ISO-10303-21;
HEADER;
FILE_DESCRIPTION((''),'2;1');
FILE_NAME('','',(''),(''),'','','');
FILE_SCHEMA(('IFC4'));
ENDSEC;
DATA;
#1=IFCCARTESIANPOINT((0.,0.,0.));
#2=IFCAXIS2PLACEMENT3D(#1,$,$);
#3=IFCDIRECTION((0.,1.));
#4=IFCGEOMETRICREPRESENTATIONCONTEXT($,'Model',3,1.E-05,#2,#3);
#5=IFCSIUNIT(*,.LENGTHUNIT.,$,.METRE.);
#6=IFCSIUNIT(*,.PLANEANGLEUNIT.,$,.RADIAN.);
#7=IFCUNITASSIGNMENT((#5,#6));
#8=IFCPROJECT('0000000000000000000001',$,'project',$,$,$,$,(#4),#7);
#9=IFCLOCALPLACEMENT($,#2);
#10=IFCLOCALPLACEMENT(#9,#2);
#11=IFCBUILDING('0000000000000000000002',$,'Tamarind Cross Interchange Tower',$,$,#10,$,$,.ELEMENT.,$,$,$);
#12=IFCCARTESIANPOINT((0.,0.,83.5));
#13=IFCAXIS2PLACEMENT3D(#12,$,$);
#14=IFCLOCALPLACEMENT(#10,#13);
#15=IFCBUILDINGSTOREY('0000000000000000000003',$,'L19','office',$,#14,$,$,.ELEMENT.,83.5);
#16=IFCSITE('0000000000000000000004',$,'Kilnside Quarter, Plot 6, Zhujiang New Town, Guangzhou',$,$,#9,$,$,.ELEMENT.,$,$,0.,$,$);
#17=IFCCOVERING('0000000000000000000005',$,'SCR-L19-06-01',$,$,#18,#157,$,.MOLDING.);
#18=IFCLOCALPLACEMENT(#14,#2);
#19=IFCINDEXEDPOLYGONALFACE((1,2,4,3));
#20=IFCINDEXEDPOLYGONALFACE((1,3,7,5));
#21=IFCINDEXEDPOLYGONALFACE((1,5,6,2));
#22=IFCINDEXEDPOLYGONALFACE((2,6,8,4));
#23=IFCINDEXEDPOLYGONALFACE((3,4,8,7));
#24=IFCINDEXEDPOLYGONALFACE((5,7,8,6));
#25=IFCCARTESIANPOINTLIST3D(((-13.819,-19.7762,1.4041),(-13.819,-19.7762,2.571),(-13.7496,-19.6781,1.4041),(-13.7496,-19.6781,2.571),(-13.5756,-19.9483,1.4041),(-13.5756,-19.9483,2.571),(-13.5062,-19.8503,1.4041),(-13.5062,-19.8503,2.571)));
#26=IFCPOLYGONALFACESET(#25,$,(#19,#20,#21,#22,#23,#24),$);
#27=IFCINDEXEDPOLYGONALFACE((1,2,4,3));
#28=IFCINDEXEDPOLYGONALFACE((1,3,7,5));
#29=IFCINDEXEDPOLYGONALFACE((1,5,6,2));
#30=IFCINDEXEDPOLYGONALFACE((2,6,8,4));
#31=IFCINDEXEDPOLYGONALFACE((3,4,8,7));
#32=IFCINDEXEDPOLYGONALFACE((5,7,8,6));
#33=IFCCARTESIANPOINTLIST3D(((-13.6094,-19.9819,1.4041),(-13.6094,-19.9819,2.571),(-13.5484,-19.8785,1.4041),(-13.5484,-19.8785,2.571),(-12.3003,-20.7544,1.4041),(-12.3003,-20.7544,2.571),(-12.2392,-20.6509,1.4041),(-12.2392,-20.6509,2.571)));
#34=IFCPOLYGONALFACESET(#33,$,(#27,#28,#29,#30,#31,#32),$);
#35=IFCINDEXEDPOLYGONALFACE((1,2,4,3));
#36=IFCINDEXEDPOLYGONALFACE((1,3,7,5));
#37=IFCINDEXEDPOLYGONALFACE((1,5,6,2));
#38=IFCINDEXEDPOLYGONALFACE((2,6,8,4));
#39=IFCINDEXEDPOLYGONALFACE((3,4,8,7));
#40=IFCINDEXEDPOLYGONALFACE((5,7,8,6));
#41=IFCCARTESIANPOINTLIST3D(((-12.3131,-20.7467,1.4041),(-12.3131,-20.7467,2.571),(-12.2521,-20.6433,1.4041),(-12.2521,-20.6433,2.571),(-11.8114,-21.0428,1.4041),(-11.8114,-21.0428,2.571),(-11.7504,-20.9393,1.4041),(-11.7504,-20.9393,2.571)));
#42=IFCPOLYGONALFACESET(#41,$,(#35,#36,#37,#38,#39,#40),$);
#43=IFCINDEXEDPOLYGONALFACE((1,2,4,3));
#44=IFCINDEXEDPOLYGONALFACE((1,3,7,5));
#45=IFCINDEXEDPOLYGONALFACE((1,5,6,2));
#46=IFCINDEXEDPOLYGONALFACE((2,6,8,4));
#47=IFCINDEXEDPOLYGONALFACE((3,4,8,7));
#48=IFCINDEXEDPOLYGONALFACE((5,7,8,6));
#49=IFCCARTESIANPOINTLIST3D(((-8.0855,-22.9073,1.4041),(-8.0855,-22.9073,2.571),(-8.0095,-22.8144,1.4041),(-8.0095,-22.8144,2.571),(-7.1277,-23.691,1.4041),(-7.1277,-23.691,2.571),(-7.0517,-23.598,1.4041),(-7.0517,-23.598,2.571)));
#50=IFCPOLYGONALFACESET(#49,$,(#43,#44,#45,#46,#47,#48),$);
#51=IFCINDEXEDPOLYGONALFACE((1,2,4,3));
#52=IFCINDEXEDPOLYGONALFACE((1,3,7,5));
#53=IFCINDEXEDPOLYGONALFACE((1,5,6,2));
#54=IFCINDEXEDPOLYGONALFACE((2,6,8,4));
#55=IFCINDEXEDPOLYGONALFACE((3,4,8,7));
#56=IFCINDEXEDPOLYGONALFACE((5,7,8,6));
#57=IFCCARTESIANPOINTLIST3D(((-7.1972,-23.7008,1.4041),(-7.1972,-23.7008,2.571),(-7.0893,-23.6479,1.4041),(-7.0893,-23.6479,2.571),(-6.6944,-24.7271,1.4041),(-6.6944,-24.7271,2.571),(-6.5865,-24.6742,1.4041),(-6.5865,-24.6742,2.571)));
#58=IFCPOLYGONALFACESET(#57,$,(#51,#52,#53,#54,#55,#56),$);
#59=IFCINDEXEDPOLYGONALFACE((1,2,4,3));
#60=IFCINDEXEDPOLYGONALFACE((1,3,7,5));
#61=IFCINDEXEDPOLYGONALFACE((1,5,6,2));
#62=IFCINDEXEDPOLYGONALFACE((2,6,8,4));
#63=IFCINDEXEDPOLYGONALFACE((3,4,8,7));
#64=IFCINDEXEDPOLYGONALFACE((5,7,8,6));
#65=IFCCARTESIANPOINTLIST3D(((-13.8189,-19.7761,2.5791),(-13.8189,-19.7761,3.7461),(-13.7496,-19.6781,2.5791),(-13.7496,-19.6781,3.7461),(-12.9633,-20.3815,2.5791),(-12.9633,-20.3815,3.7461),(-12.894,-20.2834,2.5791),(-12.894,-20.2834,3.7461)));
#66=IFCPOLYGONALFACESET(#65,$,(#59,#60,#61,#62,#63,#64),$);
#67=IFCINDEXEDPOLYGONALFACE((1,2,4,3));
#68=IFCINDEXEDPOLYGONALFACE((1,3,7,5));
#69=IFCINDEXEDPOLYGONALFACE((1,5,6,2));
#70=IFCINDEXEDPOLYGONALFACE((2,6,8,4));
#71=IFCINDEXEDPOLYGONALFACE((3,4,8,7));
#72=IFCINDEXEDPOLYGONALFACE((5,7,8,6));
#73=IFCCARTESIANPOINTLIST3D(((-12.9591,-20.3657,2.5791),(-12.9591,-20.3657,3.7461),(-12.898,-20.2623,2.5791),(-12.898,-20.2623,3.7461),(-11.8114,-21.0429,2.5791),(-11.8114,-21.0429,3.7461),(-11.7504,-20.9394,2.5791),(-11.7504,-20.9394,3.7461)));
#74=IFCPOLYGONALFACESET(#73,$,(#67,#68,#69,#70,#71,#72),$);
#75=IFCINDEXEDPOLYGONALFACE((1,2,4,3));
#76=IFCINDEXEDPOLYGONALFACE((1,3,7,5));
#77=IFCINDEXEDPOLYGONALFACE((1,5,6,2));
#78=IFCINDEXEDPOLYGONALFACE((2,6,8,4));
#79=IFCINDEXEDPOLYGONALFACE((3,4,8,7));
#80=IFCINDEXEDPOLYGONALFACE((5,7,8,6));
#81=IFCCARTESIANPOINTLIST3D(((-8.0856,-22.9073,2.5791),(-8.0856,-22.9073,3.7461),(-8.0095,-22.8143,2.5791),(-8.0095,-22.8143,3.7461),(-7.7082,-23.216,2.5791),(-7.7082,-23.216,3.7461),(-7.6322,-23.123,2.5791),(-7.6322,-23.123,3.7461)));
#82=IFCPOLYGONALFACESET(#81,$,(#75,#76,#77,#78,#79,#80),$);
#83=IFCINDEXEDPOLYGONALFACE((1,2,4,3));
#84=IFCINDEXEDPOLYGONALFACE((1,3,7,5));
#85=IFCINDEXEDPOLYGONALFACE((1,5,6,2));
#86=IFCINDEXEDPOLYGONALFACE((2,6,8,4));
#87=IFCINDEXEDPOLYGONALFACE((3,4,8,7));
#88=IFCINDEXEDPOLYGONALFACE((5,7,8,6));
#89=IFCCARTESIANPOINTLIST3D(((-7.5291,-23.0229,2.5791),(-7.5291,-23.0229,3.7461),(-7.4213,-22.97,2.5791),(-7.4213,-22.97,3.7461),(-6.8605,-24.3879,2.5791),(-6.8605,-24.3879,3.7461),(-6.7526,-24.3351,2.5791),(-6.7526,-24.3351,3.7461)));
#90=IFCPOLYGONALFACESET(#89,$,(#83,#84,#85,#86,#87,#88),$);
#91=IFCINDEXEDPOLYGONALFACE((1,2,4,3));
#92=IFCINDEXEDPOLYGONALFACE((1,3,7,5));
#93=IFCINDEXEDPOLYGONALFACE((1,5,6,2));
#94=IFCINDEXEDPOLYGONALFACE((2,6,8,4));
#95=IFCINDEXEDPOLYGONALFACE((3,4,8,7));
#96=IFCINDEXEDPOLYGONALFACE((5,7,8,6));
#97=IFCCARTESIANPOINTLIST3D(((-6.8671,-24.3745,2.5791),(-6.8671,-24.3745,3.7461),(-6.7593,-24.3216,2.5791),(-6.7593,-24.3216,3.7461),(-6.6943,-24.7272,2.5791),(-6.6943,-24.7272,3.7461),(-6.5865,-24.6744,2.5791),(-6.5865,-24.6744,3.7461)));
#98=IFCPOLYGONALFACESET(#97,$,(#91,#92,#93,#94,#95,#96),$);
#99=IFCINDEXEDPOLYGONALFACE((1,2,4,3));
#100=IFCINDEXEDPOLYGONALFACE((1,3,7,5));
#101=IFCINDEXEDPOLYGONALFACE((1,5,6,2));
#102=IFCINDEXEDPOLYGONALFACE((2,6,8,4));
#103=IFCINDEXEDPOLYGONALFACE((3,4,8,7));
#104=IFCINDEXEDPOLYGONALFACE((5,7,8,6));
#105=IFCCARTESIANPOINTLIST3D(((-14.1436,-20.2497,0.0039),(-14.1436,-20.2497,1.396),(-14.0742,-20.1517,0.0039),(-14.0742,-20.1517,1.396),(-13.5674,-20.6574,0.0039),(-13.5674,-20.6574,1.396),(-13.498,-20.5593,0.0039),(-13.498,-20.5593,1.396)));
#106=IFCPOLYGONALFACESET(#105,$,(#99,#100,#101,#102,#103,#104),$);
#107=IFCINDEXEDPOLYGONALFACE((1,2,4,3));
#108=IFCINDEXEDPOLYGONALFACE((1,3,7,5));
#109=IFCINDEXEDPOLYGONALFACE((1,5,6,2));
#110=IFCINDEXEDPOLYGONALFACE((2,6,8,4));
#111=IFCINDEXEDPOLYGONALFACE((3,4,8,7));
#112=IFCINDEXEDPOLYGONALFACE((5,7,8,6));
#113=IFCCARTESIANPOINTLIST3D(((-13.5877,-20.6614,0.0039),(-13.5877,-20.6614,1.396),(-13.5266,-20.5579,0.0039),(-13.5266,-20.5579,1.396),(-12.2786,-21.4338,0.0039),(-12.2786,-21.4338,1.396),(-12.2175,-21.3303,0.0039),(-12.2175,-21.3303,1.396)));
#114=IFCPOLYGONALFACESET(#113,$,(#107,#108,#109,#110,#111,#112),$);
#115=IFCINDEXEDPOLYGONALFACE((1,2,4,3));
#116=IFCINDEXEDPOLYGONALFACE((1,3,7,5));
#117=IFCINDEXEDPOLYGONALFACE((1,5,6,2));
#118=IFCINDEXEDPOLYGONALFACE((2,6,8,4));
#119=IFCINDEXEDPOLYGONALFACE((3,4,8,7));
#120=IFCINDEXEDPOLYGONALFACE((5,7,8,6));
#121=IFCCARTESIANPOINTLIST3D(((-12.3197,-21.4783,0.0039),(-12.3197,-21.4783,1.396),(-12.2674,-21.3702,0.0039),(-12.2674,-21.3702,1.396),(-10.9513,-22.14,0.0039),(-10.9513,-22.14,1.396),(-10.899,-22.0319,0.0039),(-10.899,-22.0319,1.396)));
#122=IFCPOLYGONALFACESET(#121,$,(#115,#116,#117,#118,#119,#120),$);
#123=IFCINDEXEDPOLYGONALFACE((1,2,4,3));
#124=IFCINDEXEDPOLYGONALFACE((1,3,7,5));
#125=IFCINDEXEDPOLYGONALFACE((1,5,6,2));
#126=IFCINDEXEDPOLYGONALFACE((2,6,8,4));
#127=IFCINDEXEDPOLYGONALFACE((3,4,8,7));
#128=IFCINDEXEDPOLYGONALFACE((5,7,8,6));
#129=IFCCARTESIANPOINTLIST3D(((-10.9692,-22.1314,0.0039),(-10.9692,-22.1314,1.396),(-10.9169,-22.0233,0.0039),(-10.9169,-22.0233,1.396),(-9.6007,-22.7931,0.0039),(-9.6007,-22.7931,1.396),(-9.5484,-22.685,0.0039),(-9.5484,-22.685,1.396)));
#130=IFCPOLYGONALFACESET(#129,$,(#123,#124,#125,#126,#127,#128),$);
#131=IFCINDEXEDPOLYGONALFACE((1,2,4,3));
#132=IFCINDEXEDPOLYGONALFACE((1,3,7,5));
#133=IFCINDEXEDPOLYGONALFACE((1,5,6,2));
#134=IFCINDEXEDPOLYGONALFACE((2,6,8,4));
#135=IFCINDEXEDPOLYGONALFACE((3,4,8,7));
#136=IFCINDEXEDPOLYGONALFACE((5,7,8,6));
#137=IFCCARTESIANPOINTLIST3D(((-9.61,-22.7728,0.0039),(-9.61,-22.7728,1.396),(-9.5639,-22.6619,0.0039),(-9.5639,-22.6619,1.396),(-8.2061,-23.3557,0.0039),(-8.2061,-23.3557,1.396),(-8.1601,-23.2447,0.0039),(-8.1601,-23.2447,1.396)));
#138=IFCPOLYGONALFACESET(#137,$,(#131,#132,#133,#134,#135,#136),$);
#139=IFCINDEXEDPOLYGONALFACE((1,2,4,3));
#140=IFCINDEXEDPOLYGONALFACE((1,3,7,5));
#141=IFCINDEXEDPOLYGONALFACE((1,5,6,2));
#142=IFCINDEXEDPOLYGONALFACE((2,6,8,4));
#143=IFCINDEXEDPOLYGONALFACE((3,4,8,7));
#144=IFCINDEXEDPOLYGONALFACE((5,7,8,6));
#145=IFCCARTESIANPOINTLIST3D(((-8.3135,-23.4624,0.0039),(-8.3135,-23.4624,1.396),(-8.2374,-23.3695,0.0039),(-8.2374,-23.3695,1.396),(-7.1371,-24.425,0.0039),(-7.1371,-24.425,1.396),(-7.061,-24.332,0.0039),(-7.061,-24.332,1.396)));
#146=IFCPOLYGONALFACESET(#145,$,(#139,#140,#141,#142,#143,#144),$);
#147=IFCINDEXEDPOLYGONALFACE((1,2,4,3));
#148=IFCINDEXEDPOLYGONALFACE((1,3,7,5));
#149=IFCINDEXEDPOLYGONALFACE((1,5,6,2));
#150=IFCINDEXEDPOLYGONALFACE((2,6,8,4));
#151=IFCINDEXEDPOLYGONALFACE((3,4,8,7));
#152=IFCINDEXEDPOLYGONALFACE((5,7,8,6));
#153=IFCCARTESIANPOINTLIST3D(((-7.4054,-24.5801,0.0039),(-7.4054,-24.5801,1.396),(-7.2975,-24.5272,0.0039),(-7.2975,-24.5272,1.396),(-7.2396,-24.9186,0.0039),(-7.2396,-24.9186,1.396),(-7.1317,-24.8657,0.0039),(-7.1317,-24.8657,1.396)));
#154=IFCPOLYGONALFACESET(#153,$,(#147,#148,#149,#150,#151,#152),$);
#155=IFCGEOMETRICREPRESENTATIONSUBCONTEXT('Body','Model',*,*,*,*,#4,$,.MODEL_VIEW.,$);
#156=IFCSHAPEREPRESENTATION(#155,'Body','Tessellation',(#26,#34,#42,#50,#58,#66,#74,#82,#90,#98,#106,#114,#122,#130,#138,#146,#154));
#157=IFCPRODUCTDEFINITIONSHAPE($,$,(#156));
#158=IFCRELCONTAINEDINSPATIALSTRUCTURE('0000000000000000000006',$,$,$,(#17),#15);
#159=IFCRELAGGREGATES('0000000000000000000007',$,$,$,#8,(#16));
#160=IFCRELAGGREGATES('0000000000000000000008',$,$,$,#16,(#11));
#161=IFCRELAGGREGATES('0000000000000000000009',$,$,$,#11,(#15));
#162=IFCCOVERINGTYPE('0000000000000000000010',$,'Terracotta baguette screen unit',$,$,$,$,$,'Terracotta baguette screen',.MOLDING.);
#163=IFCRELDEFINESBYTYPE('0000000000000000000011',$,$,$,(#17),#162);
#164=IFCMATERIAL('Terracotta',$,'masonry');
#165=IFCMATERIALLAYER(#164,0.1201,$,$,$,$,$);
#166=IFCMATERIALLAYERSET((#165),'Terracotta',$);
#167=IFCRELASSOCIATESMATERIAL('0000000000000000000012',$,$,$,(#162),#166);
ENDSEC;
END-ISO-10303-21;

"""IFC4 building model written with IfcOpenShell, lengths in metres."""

from ifc_helpers import new_model, si_unit, direction, frame, origin, origin_2d, place, context, subcontext, project, spatial, rectangle, extrude, material, layer, layer_set, type_object, element, save


model = new_model("IFC4")

# Units and contexts
model_context = context("Model", 3, precision=1e-05, world=origin(), true_north=direction((0.0, 1.0)))
body_context = subcontext(model_context, "Body", "Model", "MODEL_VIEW")
ifc_project = project(units=[si_unit("LENGTHUNIT", "METRE"), si_unit("PLANEANGLEUNIT", "RADIAN")], contexts=[model_context])

# Site, building, storey
site_placement = place(None, origin())
site = spatial("IfcSite", under=ifc_project, at=site_placement, Name="Kilnside Quarter, Plot 6, Zhujiang New Town, Guangzhou", CompositionType="ELEMENT", RefElevation=0.0)
building_placement = place(site_placement, origin())
building = spatial("IfcBuilding", under=site, at=building_placement, Name="Tamarind Cross Interchange Tower", CompositionType="ELEMENT")
storey_placement = place(building_placement, frame((0.0, 0.0, 83.5)))
storey = spatial("IfcBuildingStorey", under=building, at=storey_placement, Name="L19", Description="office", CompositionType="ELEMENT", Elevation=83.5)

# Covering
ifc_material_1 = material(Name="Terracotta", Category="masonry")
ifc_layer_1 = layer(ifc_material_1, 0.1201)
ifc_layer_set_1 = layer_set([ifc_layer_1], Name="Terracotta")
covering_type = type_object("IfcCoveringType", Name="Terracotta baguette screen unit", ElementType="Terracotta baguette screen", PredefinedType="MOLDING", material=ifc_layer_set_1)
covering_1_placement = place(storey_placement, origin())
element("IfcCovering", 1, at=covering_1_placement, inside=storey, type_object=covering_type, Name="SCR-L19-06-01", PredefinedType="MOLDING", context=body_context, shape_type="SweptSolid", body=[
    extrude(rectangle(XDim=0.2981, YDim=0.1201, at=origin_2d()), frame((-13.6626, -19.8132, 1.4041), z_axis=(0.0, 0.0, 1.0), x_axis=(0.816342, -0.577569, 0.0)), (0.0, 0.0, 1.0), 1.167),
    extrude(rectangle(XDim=1.52, YDim=0.1201, at=origin_2d()), frame((-12.9243, -20.3164, 1.4041), z_axis=(0.0, 0.0, 1.0), x_axis=(0.861249, -0.508183, 0.0)), (0.0, 0.0, 1.0), 1.167),
    extrude(rectangle(XDim=0.5825, YDim=0.1201, at=origin_2d()), frame((-12.0317, -20.843, 1.4041), z_axis=(0.0, 0.0, 1.0), x_axis=(0.861249, -0.508183, 0.0)), (0.0, 0.0, 1.0), 1.167),
    extrude(rectangle(XDim=1.2375, YDim=0.1201, at=origin_2d()), frame((-7.5686, -23.2527, 1.4041), z_axis=(0.0, 0.0, 1.0), x_axis=(0.773963, -0.633231, 0.0)), (0.0, 0.0, 1.0), 1.167),
    extrude(rectangle(XDim=1.1428, YDim=0.1201, at=origin_2d()), frame((-6.8918, -24.1875, 1.4041), z_axis=(0.0, 0.0, 1.0), x_axis=(0.439921, -0.898037, 0.0)), (0.0, 0.0, 1.0), 1.167),
    extrude(rectangle(XDim=1.0481, YDim=0.1201, at=origin_2d()), frame((-13.3564, -20.0298, 2.5791), z_axis=(0.0, 0.0, 1.0), x_axis=(0.816342, -0.577569, 0.0)), (0.0, 0.0, 1.0), 1.167),
    extrude(rectangle(XDim=1.3325, YDim=0.1201, at=origin_2d()), frame((-12.3547, -20.6526, 2.5791), z_axis=(0.0, 0.0, 1.0), x_axis=(0.861249, -0.508183, 0.0)), (0.0, 0.0, 1.0), 1.167),
    extrude(rectangle(XDim=0.4875, YDim=0.1201, at=origin_2d()), frame((-7.8589, -23.0151, 2.5791), z_axis=(0.0, 0.0, 1.0), x_axis=(0.773963, -0.633231, 0.0)), (0.0, 0.0, 1.0), 1.167),
    extrude(rectangle(XDim=1.52, YDim=0.1201, at=origin_2d()), frame((-7.1409, -23.679, 2.5791), z_axis=(0.0, 0.0, 1.0), x_axis=(0.439921, -0.898037, 0.0)), (0.0, 0.0, 1.0), 1.167),
    extrude(rectangle(XDim=0.3928, YDim=0.1201, at=origin_2d()), frame((-6.7268, -24.5244, 2.5791), z_axis=(0.0, 0.0, 1.0), x_axis=(0.439921, -0.898037, 0.0)), (0.0, 0.0, 1.0), 1.167),
    extrude(rectangle(XDim=0.7058, YDim=0.1201, at=origin_2d()), frame((-13.8208, -20.4045, 0.0039), z_axis=(0.0, 0.0, 1.0), x_axis=(0.816342, -0.577569, 0.0)), (0.0, 0.0, 1.0), 1.3921),
    extrude(rectangle(XDim=1.52, YDim=0.1201, at=origin_2d()), frame((-12.9026, -20.9958, 0.0039), z_axis=(0.0, 0.0, 1.0), x_axis=(0.861249, -0.508183, 0.0)), (0.0, 0.0, 1.0), 1.3921),
    extrude(rectangle(XDim=1.52, YDim=0.1201, at=origin_2d()), frame((-11.6094, -21.7551, 0.0039), z_axis=(0.0, 0.0, 1.0), x_axis=(0.900273, -0.435326, 0.0)), (0.0, 0.0, 1.0), 1.3921),
    extrude(rectangle(XDim=1.52, YDim=0.1201, at=origin_2d()), frame((-10.2588, -22.4082, 0.0039), z_axis=(0.0, 0.0, 1.0), x_axis=(0.900273, -0.435326, 0.0)), (0.0, 0.0, 1.0), 1.3921),
    extrude(rectangle(XDim=1.52, YDim=0.1201, at=origin_2d()), frame((-8.885, -23.0088, 0.0039), z_axis=(0.0, 0.0, 1.0), x_axis=(0.923564, -0.383445, 0.0)), (0.0, 0.0, 1.0), 1.3921),
    extrude(rectangle(XDim=1.52, YDim=0.1201, at=origin_2d()), frame((-7.6873, -23.8972, 0.0039), z_axis=(0.0, 0.0, 1.0), x_axis=(0.773963, -0.633231, 0.0)), (0.0, 0.0, 1.0), 1.3921),
    extrude(rectangle(XDim=0.377, YDim=0.1201, at=origin_2d()), frame((-7.2686, -24.7229, 0.0039), z_axis=(0.0, 0.0, 1.0), x_axis=(0.439921, -0.898037, 0.0)), (0.0, 0.0, 1.0), 1.3921),
])

save(model, "model.ifc")
